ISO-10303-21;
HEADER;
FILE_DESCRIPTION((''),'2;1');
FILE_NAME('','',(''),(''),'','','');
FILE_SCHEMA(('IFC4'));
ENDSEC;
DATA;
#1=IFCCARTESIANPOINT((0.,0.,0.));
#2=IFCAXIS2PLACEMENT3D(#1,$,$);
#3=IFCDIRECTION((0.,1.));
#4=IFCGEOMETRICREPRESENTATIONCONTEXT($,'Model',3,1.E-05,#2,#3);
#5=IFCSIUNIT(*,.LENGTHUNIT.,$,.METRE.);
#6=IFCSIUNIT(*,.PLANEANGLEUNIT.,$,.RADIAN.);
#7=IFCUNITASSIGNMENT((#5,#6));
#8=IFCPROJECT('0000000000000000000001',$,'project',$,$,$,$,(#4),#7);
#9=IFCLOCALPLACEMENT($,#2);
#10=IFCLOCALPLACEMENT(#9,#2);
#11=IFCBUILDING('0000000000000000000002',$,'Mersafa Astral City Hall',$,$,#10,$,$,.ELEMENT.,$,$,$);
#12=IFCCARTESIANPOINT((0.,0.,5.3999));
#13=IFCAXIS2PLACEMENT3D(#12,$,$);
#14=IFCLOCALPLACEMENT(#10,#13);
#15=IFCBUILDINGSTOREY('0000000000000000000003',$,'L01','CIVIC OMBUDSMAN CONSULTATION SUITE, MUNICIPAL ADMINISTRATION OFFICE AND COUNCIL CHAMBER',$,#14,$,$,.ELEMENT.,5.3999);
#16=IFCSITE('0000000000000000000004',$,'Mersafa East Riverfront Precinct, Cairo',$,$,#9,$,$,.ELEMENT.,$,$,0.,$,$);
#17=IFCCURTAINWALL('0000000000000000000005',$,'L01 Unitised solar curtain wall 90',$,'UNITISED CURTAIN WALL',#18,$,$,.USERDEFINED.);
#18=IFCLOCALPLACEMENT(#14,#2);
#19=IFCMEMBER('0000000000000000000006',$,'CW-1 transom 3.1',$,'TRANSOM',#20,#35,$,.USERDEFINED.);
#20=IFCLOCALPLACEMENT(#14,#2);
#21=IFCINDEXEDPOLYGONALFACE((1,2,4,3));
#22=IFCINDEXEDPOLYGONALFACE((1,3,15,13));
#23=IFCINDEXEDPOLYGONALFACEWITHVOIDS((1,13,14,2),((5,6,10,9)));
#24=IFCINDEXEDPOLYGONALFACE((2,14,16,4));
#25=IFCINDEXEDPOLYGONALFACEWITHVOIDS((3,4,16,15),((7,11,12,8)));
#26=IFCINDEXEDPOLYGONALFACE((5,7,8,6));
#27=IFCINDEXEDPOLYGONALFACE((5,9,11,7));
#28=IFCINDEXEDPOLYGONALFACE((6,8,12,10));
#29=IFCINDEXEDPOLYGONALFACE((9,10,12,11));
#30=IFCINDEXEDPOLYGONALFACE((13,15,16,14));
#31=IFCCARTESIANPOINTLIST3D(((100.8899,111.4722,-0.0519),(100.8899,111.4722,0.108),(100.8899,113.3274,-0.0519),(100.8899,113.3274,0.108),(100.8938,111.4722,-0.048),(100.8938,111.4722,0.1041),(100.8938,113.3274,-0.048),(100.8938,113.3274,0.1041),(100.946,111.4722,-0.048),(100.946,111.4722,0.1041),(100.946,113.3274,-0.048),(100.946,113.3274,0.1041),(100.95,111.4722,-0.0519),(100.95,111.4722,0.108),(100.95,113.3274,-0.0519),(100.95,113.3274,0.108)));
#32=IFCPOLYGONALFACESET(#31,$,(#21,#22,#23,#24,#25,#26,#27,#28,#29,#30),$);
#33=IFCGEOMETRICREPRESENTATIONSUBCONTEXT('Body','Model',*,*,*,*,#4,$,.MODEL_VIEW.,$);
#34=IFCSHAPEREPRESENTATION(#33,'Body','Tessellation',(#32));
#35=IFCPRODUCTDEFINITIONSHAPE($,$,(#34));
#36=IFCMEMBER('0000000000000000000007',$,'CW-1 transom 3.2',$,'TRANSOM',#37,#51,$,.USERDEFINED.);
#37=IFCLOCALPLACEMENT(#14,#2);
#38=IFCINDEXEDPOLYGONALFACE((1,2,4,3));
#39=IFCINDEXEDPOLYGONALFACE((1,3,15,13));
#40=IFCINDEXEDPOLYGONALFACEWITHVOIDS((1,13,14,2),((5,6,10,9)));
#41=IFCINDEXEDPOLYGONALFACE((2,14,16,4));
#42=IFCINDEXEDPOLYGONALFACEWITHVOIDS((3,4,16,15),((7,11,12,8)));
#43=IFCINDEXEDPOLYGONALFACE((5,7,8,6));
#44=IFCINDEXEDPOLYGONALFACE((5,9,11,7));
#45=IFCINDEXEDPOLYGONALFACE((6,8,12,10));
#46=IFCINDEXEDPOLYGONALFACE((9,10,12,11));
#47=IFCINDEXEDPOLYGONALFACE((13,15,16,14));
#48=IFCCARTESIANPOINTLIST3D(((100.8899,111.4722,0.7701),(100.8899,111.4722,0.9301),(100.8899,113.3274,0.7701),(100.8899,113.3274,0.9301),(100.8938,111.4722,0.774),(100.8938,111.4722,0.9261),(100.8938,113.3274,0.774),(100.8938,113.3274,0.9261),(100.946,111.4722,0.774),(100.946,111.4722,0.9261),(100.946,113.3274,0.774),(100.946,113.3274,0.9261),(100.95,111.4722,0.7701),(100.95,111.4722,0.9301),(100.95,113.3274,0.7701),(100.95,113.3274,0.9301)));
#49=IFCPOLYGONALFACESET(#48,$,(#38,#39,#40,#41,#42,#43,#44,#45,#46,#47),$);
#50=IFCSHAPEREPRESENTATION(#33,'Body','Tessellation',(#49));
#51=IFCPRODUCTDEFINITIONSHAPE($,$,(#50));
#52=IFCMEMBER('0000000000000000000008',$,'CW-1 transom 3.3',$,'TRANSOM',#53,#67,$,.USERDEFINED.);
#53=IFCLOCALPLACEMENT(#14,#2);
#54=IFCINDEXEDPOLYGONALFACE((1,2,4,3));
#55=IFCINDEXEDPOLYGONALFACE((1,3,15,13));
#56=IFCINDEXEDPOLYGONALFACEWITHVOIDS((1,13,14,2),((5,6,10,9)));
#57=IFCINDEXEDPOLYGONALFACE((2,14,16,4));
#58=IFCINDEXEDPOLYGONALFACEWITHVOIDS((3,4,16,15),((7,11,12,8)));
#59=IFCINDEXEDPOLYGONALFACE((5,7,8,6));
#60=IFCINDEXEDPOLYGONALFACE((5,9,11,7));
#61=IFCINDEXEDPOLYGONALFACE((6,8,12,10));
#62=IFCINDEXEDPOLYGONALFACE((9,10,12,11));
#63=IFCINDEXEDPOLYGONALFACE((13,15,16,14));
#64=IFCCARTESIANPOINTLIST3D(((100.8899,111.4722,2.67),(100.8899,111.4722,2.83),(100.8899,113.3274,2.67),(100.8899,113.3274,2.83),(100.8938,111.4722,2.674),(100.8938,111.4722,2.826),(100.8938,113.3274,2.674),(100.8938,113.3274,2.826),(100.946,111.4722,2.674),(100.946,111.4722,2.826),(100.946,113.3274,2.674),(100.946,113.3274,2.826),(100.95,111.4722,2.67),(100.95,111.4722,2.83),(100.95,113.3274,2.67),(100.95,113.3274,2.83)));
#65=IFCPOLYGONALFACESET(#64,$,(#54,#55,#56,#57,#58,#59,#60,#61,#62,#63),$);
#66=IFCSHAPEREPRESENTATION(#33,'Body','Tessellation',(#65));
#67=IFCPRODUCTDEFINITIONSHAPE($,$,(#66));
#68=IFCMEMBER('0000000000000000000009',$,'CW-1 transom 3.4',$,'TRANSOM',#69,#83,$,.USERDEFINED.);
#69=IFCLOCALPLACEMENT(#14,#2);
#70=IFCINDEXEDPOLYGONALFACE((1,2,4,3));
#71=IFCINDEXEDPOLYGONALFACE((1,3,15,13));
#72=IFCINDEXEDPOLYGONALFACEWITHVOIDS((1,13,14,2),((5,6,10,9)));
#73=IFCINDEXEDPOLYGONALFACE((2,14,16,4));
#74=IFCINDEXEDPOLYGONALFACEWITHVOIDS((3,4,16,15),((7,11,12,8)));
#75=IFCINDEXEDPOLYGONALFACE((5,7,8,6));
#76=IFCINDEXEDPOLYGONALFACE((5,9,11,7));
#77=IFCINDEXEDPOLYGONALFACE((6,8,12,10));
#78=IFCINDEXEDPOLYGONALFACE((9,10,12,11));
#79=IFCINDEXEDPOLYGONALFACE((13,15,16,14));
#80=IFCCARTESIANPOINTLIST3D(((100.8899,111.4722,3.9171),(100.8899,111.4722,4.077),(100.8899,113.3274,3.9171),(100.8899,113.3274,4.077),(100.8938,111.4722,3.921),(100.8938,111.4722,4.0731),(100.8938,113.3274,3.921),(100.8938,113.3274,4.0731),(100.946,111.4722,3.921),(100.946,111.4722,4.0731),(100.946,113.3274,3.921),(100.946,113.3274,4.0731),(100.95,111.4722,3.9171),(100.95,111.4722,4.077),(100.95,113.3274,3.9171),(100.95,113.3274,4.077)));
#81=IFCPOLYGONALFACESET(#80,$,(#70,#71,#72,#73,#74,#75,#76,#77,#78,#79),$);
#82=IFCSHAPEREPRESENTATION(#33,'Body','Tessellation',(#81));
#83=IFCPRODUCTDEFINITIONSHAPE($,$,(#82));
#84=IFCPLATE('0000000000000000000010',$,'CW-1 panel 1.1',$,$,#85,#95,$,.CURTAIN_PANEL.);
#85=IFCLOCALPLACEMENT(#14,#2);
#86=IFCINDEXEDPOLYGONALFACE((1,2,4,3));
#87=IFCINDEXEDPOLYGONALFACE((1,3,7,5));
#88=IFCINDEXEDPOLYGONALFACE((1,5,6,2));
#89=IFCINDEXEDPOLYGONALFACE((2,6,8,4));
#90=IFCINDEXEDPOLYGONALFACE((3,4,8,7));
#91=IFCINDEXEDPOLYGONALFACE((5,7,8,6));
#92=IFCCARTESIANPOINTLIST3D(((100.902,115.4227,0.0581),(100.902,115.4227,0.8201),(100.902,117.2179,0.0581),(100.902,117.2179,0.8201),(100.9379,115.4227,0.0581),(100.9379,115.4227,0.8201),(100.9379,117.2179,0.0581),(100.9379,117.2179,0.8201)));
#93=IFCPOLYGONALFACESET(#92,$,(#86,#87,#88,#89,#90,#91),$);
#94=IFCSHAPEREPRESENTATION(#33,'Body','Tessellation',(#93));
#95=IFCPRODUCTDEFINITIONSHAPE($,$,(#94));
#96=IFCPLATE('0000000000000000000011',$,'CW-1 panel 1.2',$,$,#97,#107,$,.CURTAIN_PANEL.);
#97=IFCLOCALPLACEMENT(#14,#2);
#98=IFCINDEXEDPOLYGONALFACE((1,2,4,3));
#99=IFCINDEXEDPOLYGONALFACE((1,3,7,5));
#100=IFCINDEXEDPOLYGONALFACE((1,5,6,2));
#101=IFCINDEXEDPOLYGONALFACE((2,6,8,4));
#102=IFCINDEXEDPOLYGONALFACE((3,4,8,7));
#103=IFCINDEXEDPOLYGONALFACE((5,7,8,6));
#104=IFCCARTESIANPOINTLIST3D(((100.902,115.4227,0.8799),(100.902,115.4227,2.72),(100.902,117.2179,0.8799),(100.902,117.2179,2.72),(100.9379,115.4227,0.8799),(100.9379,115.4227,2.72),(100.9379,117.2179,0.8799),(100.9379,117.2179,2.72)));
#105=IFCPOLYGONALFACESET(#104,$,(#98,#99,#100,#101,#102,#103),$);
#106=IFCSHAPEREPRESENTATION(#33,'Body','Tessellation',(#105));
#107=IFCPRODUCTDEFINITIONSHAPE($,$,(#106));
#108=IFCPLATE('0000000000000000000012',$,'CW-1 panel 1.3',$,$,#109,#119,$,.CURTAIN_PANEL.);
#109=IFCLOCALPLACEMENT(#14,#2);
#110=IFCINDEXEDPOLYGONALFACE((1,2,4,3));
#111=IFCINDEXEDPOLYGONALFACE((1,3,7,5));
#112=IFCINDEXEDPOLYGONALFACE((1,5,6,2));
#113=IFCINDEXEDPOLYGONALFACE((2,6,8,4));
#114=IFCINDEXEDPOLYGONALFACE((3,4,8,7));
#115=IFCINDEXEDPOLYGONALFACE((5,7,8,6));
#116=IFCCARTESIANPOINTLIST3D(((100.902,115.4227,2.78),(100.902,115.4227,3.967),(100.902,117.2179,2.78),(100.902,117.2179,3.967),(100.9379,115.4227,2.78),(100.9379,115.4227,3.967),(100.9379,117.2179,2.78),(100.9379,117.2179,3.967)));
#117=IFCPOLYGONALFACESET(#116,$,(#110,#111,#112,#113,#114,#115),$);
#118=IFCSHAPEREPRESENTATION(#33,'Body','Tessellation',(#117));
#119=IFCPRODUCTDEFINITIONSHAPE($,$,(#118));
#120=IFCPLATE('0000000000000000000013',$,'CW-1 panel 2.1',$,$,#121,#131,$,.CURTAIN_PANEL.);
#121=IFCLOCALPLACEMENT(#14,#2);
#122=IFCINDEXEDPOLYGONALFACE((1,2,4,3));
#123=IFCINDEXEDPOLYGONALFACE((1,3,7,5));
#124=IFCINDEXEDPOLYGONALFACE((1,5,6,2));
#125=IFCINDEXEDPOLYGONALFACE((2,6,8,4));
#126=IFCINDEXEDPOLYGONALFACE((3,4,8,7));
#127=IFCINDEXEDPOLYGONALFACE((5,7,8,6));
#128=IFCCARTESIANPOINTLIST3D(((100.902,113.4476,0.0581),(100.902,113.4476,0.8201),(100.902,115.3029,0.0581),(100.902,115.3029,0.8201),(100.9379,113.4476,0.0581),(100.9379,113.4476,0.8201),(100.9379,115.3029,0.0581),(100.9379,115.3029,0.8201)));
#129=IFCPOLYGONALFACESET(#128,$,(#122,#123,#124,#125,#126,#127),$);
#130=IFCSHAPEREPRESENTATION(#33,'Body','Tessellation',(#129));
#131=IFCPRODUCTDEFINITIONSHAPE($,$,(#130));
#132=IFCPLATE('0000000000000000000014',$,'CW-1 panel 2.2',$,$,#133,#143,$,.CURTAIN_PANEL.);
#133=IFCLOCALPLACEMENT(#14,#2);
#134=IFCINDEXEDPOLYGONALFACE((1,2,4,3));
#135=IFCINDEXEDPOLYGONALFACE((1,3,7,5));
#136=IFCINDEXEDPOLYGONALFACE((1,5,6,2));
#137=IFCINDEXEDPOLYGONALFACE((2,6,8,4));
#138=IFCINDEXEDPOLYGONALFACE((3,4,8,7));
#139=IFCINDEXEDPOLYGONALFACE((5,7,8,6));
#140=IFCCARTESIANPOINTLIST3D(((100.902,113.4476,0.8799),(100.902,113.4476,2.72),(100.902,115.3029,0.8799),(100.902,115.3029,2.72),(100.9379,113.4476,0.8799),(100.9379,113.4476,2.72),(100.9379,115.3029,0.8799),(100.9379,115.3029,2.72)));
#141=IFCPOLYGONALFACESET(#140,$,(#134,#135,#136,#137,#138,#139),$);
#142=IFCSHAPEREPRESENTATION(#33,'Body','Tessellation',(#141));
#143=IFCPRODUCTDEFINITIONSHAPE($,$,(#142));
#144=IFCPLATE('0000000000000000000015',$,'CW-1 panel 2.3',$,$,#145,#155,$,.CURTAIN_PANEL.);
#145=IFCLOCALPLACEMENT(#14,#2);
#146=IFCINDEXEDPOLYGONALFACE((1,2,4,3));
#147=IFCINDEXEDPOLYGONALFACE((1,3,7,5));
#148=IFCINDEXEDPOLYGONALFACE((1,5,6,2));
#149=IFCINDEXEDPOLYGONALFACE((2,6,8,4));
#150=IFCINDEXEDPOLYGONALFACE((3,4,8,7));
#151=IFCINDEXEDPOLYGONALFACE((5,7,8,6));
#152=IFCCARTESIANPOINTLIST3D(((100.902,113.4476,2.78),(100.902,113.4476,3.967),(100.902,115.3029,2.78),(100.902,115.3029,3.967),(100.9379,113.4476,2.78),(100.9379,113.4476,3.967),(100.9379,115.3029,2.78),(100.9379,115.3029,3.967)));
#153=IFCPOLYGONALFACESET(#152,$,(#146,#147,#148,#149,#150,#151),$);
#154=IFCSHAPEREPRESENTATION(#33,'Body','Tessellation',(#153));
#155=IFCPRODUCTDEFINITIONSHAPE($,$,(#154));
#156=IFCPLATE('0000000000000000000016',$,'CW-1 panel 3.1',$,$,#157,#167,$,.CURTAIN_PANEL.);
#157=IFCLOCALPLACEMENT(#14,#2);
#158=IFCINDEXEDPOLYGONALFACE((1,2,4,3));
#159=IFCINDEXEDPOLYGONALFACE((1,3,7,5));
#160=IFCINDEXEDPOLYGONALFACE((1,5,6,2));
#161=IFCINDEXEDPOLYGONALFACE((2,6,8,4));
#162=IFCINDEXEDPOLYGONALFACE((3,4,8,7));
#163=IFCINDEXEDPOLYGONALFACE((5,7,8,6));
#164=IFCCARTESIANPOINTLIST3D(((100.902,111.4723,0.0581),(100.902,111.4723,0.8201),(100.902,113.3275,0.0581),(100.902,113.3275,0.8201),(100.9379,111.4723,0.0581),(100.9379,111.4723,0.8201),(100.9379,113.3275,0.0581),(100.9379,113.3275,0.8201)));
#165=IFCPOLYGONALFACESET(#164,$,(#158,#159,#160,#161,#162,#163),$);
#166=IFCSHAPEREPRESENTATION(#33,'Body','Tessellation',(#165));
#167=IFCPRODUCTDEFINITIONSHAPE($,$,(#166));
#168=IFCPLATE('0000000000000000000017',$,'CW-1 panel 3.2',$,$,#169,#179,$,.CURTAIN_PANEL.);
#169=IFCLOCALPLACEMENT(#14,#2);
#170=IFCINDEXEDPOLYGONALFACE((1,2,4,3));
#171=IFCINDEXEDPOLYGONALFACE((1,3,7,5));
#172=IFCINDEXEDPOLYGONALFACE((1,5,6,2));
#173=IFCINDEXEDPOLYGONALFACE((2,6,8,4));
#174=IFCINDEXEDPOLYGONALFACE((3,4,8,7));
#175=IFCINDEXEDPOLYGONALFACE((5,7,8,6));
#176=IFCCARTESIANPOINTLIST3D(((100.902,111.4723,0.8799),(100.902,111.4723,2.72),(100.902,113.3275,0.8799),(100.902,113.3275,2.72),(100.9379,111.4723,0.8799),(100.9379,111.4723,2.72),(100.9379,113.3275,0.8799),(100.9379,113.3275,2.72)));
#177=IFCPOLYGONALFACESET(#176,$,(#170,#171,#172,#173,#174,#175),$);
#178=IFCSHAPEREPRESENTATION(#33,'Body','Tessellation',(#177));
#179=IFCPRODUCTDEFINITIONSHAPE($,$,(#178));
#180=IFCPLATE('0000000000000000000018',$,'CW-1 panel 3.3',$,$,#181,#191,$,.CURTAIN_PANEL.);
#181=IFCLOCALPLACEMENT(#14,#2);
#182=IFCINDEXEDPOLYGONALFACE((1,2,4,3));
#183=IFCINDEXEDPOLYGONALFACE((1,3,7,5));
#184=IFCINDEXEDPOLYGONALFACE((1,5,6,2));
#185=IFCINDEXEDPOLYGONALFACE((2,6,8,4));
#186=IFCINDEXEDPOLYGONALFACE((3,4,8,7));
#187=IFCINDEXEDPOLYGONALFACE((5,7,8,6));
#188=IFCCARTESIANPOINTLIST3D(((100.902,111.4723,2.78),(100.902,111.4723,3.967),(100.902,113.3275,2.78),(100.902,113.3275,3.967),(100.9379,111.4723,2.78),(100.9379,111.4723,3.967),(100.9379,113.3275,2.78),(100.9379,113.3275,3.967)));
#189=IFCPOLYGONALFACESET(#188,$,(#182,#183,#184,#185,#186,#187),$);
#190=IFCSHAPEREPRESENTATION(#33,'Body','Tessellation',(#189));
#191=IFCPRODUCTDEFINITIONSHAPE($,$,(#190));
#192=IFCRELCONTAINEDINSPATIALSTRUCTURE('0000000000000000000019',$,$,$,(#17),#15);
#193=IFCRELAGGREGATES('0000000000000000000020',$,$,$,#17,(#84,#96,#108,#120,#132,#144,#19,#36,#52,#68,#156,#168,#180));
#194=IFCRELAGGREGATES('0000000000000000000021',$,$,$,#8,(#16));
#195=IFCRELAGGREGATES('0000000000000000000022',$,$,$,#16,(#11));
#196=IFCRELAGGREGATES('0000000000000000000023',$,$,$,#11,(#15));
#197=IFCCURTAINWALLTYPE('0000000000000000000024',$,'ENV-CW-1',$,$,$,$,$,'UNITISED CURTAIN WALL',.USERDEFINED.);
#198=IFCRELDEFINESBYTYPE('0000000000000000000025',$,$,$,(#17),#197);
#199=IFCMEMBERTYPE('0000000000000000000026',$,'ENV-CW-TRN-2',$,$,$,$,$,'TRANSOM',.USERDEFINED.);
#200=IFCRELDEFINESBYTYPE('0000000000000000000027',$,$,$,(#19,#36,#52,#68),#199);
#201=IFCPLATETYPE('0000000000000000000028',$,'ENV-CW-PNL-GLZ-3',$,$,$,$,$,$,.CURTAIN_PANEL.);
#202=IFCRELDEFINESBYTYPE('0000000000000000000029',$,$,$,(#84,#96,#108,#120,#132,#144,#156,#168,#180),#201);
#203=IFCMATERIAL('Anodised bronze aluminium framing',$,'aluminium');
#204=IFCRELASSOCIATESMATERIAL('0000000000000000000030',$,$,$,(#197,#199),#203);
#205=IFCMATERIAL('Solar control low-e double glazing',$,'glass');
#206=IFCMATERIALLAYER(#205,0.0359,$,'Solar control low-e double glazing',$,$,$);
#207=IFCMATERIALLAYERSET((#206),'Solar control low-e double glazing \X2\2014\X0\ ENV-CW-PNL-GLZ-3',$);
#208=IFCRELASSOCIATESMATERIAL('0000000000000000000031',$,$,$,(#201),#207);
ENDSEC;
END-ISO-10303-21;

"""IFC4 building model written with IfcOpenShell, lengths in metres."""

from ifc_helpers import new_model, si_unit, direction, frame, origin, origin_2d, place, context, subcontext, project, spatial, rectangle, hollow_rectangle, extrude, material, layer, layer_set, material_profile, profile_set, type_object, element, aggregate, save


model = new_model("IFC4")

# Units and contexts
model_context = context("Model", 3, precision=1e-05, world=origin(), true_north=direction((0.0, 1.0)))
body_context = subcontext(model_context, "Body", "Model", "MODEL_VIEW")
ifc_project = project(units=[si_unit("LENGTHUNIT", "METRE"), si_unit("PLANEANGLEUNIT", "RADIAN")], contexts=[model_context])

# Site, building, storey
site_placement = place(None, origin())
site = spatial("IfcSite", under=ifc_project, at=site_placement, Name="Mersafa East Riverfront Precinct, Cairo", CompositionType="ELEMENT", RefElevation=0.0)
building_placement = place(site_placement, origin())
building = spatial("IfcBuilding", under=site, at=building_placement, Name="Mersafa Astral City Hall", CompositionType="ELEMENT")
storey_placement = place(building_placement, frame((0.0, 0.0, 5.3999)))
storey = spatial("IfcBuildingStorey", under=building, at=storey_placement, Name="L01", Description="CIVIC OMBUDSMAN CONSULTATION SUITE, MUNICIPAL ADMINISTRATION OFFICE AND COUNCIL CHAMBER", CompositionType="ELEMENT", Elevation=5.3999)

# Curtain wall, members, plates
ifc_material_1 = material(Name="Anodised bronze aluminium framing", Category="aluminium")
curtain_wall_type = type_object("IfcCurtainWallType", Name="ENV-CW-1", ElementType="UNITISED CURTAIN WALL", PredefinedType="USERDEFINED", material=ifc_material_1)
curtain_wall_placement = place(storey_placement, origin())
curtain_wall = element("IfcCurtainWall", 1, at=curtain_wall_placement, inside=storey, type_object=curtain_wall_type, Name="L01 Unitised solar curtain wall 90", ObjectType="UNITISED CURTAIN WALL", PredefinedType="USERDEFINED")
ifc_material_profile_1 = material_profile(ifc_material_1, hollow_rectangle(XDim=0.0601, YDim=0.1599, WallThickness=0.0039, at=origin_2d()), Name="RHS 60x160x4")
ifc_profile_set_1 = profile_set([ifc_material_profile_1], Name="Anodised bronze aluminium framing")
member_type_1 = type_object("IfcMemberType", Name="ENV-CW-TRN-2", ElementType="TRANSOM", PredefinedType="USERDEFINED", material=ifc_profile_set_1)
member_1_placement = place(storey_placement, frame((100.9199, 113.3274, 0.0281), z_axis=(0.0, -1.0, 0.0), x_axis=(1.0, 0.0, 0.0)))
member_1 = element("IfcMember", 2, at=member_1_placement, type_object=member_type_1, Name="CW-1 transom 3.1", ObjectType="TRANSOM", PredefinedType="USERDEFINED", context=body_context, shape_type="SweptSolid", body=[
    extrude(hollow_rectangle(XDim=0.0601, YDim=0.1599, WallThickness=0.0039, at=origin_2d()), origin(), (0.0, 0.0, 1.0), 1.8552),
])
member_2_placement = place(storey_placement, frame((100.9199, 113.3274, 0.8501), z_axis=(0.0, -1.0, 0.0), x_axis=(1.0, 0.0, 0.0)))
member_2 = element("IfcMember", 3, at=member_2_placement, type_object=member_type_1, Name="CW-1 transom 3.2", ObjectType="TRANSOM", PredefinedType="USERDEFINED", context=body_context, shape_type="SweptSolid", body=[
    extrude(hollow_rectangle(XDim=0.0601, YDim=0.1599, WallThickness=0.0039, at=origin_2d()), origin(), (0.0, 0.0, 1.0), 1.8552),
])
member_3_placement = place(storey_placement, frame((100.9199, 113.3274, 2.75), z_axis=(0.0, -1.0, 0.0), x_axis=(1.0, 0.0, 0.0)))
member_3 = element("IfcMember", 4, at=member_3_placement, type_object=member_type_1, Name="CW-1 transom 3.3", ObjectType="TRANSOM", PredefinedType="USERDEFINED", context=body_context, shape_type="SweptSolid", body=[
    extrude(hollow_rectangle(XDim=0.0601, YDim=0.1599, WallThickness=0.0039, at=origin_2d()), origin(), (0.0, 0.0, 1.0), 1.8552),
])
member_4_placement = place(storey_placement, frame((100.9199, 113.3274, 3.9971), z_axis=(0.0, -1.0, 0.0), x_axis=(1.0, 0.0, 0.0)))
member_4 = element("IfcMember", 5, at=member_4_placement, type_object=member_type_1, Name="CW-1 transom 3.4", ObjectType="TRANSOM", PredefinedType="USERDEFINED", context=body_context, shape_type="SweptSolid", body=[
    extrude(hollow_rectangle(XDim=0.0601, YDim=0.1599, WallThickness=0.0039, at=origin_2d()), origin(), (0.0, 0.0, 1.0), 1.8552),
])
ifc_material_2 = material(Name="Solar control low-e double glazing", Category="glass")
ifc_layer = layer(ifc_material_2, 0.0359, Name="Solar control low-e double glazing")
ifc_layer_set = layer_set([ifc_layer], Name="Solar control low-e double glazing — ENV-CW-PNL-GLZ-3")
plate_type = type_object("IfcPlateType", Name="ENV-CW-PNL-GLZ-3", PredefinedType="CURTAIN_PANEL", material=ifc_layer_set)
plate_1_placement = place(storey_placement, frame((100.9199, 116.3203, 0.0581), z_axis=(0.0, 0.0, 1.0), x_axis=(0.0, -1.0, 0.0)))
plate_1 = element("IfcPlate", 6, at=plate_1_placement, type_object=plate_type, Name="CW-1 panel 1.1", PredefinedType="CURTAIN_PANEL", context=body_context, shape_type="SweptSolid", body=[
    extrude(rectangle(XDim=1.7952, YDim=0.0359, at=origin_2d()), origin(), (0.0, 0.0, 1.0), 0.762),
])
plate_2_placement = place(storey_placement, frame((100.9199, 116.3203, 0.8799), z_axis=(0.0, 0.0, 1.0), x_axis=(0.0, -1.0, 0.0)))
plate_2 = element("IfcPlate", 7, at=plate_2_placement, type_object=plate_type, Name="CW-1 panel 1.2", PredefinedType="CURTAIN_PANEL", context=body_context, shape_type="SweptSolid", body=[
    extrude(rectangle(XDim=1.7952, YDim=0.0359, at=origin_2d()), origin(), (0.0, 0.0, 1.0), 1.8401),
])
plate_3_placement = place(storey_placement, frame((100.9199, 116.3203, 2.78), z_axis=(0.0, 0.0, 1.0), x_axis=(0.0, -1.0, 0.0)))
plate_3 = element("IfcPlate", 8, at=plate_3_placement, type_object=plate_type, Name="CW-1 panel 1.3", PredefinedType="CURTAIN_PANEL", context=body_context, shape_type="SweptSolid", body=[
    extrude(rectangle(XDim=1.7952, YDim=0.0359, at=origin_2d()), origin(), (0.0, 0.0, 1.0), 1.187),
])
plate_4_placement = place(storey_placement, frame((100.9199, 114.3752, 0.0581), z_axis=(0.0, 0.0, 1.0), x_axis=(0.0, -1.0, 0.0)))
plate_4 = element("IfcPlate", 9, at=plate_4_placement, type_object=plate_type, Name="CW-1 panel 2.1", PredefinedType="CURTAIN_PANEL", context=body_context, shape_type="SweptSolid", body=[
    extrude(rectangle(XDim=1.8552, YDim=0.0359, at=origin_2d()), origin(), (0.0, 0.0, 1.0), 0.762),
])
plate_5_placement = place(storey_placement, frame((100.9199, 114.3752, 0.8799), z_axis=(0.0, 0.0, 1.0), x_axis=(0.0, -1.0, 0.0)))
plate_5 = element("IfcPlate", 10, at=plate_5_placement, type_object=plate_type, Name="CW-1 panel 2.2", PredefinedType="CURTAIN_PANEL", context=body_context, shape_type="SweptSolid", body=[
    extrude(rectangle(XDim=1.8552, YDim=0.0359, at=origin_2d()), origin(), (0.0, 0.0, 1.0), 1.8401),
])
plate_6_placement = place(storey_placement, frame((100.9199, 114.3752, 2.78), z_axis=(0.0, 0.0, 1.0), x_axis=(0.0, -1.0, 0.0)))
plate_6 = element("IfcPlate", 11, at=plate_6_placement, type_object=plate_type, Name="CW-1 panel 2.3", PredefinedType="CURTAIN_PANEL", context=body_context, shape_type="SweptSolid", body=[
    extrude(rectangle(XDim=1.8552, YDim=0.0359, at=origin_2d()), origin(), (0.0, 0.0, 1.0), 1.187),
])
plate_7_placement = place(storey_placement, frame((100.9199, 112.3999, 0.0581), z_axis=(0.0, 0.0, 1.0), x_axis=(0.0, -1.0, 0.0)))
plate_7 = element("IfcPlate", 12, at=plate_7_placement, type_object=plate_type, Name="CW-1 panel 3.1", PredefinedType="CURTAIN_PANEL", context=body_context, shape_type="SweptSolid", body=[
    extrude(rectangle(XDim=1.8552, YDim=0.0359, at=origin_2d()), origin(), (0.0, 0.0, 1.0), 0.762),
])
plate_8_placement = place(storey_placement, frame((100.9199, 112.3999, 0.8799), z_axis=(0.0, 0.0, 1.0), x_axis=(0.0, -1.0, 0.0)))
plate_8 = element("IfcPlate", 13, at=plate_8_placement, type_object=plate_type, Name="CW-1 panel 3.2", PredefinedType="CURTAIN_PANEL", context=body_context, shape_type="SweptSolid", body=[
    extrude(rectangle(XDim=1.8552, YDim=0.0359, at=origin_2d()), origin(), (0.0, 0.0, 1.0), 1.8401),
])
plate_9_placement = place(storey_placement, frame((100.9199, 112.3999, 2.78), z_axis=(0.0, 0.0, 1.0), x_axis=(0.0, -1.0, 0.0)))
plate_9 = element("IfcPlate", 14, at=plate_9_placement, type_object=plate_type, Name="CW-1 panel 3.3", PredefinedType="CURTAIN_PANEL", context=body_context, shape_type="SweptSolid", body=[
    extrude(rectangle(XDim=1.8552, YDim=0.0359, at=origin_2d()), origin(), (0.0, 0.0, 1.0), 1.187),
])
aggregate(curtain_wall, [plate_1, plate_2, plate_3, plate_4, plate_5, plate_6, member_1, member_2, member_3, member_4, plate_7, plate_8, plate_9])

save(model, "model.ifc")
